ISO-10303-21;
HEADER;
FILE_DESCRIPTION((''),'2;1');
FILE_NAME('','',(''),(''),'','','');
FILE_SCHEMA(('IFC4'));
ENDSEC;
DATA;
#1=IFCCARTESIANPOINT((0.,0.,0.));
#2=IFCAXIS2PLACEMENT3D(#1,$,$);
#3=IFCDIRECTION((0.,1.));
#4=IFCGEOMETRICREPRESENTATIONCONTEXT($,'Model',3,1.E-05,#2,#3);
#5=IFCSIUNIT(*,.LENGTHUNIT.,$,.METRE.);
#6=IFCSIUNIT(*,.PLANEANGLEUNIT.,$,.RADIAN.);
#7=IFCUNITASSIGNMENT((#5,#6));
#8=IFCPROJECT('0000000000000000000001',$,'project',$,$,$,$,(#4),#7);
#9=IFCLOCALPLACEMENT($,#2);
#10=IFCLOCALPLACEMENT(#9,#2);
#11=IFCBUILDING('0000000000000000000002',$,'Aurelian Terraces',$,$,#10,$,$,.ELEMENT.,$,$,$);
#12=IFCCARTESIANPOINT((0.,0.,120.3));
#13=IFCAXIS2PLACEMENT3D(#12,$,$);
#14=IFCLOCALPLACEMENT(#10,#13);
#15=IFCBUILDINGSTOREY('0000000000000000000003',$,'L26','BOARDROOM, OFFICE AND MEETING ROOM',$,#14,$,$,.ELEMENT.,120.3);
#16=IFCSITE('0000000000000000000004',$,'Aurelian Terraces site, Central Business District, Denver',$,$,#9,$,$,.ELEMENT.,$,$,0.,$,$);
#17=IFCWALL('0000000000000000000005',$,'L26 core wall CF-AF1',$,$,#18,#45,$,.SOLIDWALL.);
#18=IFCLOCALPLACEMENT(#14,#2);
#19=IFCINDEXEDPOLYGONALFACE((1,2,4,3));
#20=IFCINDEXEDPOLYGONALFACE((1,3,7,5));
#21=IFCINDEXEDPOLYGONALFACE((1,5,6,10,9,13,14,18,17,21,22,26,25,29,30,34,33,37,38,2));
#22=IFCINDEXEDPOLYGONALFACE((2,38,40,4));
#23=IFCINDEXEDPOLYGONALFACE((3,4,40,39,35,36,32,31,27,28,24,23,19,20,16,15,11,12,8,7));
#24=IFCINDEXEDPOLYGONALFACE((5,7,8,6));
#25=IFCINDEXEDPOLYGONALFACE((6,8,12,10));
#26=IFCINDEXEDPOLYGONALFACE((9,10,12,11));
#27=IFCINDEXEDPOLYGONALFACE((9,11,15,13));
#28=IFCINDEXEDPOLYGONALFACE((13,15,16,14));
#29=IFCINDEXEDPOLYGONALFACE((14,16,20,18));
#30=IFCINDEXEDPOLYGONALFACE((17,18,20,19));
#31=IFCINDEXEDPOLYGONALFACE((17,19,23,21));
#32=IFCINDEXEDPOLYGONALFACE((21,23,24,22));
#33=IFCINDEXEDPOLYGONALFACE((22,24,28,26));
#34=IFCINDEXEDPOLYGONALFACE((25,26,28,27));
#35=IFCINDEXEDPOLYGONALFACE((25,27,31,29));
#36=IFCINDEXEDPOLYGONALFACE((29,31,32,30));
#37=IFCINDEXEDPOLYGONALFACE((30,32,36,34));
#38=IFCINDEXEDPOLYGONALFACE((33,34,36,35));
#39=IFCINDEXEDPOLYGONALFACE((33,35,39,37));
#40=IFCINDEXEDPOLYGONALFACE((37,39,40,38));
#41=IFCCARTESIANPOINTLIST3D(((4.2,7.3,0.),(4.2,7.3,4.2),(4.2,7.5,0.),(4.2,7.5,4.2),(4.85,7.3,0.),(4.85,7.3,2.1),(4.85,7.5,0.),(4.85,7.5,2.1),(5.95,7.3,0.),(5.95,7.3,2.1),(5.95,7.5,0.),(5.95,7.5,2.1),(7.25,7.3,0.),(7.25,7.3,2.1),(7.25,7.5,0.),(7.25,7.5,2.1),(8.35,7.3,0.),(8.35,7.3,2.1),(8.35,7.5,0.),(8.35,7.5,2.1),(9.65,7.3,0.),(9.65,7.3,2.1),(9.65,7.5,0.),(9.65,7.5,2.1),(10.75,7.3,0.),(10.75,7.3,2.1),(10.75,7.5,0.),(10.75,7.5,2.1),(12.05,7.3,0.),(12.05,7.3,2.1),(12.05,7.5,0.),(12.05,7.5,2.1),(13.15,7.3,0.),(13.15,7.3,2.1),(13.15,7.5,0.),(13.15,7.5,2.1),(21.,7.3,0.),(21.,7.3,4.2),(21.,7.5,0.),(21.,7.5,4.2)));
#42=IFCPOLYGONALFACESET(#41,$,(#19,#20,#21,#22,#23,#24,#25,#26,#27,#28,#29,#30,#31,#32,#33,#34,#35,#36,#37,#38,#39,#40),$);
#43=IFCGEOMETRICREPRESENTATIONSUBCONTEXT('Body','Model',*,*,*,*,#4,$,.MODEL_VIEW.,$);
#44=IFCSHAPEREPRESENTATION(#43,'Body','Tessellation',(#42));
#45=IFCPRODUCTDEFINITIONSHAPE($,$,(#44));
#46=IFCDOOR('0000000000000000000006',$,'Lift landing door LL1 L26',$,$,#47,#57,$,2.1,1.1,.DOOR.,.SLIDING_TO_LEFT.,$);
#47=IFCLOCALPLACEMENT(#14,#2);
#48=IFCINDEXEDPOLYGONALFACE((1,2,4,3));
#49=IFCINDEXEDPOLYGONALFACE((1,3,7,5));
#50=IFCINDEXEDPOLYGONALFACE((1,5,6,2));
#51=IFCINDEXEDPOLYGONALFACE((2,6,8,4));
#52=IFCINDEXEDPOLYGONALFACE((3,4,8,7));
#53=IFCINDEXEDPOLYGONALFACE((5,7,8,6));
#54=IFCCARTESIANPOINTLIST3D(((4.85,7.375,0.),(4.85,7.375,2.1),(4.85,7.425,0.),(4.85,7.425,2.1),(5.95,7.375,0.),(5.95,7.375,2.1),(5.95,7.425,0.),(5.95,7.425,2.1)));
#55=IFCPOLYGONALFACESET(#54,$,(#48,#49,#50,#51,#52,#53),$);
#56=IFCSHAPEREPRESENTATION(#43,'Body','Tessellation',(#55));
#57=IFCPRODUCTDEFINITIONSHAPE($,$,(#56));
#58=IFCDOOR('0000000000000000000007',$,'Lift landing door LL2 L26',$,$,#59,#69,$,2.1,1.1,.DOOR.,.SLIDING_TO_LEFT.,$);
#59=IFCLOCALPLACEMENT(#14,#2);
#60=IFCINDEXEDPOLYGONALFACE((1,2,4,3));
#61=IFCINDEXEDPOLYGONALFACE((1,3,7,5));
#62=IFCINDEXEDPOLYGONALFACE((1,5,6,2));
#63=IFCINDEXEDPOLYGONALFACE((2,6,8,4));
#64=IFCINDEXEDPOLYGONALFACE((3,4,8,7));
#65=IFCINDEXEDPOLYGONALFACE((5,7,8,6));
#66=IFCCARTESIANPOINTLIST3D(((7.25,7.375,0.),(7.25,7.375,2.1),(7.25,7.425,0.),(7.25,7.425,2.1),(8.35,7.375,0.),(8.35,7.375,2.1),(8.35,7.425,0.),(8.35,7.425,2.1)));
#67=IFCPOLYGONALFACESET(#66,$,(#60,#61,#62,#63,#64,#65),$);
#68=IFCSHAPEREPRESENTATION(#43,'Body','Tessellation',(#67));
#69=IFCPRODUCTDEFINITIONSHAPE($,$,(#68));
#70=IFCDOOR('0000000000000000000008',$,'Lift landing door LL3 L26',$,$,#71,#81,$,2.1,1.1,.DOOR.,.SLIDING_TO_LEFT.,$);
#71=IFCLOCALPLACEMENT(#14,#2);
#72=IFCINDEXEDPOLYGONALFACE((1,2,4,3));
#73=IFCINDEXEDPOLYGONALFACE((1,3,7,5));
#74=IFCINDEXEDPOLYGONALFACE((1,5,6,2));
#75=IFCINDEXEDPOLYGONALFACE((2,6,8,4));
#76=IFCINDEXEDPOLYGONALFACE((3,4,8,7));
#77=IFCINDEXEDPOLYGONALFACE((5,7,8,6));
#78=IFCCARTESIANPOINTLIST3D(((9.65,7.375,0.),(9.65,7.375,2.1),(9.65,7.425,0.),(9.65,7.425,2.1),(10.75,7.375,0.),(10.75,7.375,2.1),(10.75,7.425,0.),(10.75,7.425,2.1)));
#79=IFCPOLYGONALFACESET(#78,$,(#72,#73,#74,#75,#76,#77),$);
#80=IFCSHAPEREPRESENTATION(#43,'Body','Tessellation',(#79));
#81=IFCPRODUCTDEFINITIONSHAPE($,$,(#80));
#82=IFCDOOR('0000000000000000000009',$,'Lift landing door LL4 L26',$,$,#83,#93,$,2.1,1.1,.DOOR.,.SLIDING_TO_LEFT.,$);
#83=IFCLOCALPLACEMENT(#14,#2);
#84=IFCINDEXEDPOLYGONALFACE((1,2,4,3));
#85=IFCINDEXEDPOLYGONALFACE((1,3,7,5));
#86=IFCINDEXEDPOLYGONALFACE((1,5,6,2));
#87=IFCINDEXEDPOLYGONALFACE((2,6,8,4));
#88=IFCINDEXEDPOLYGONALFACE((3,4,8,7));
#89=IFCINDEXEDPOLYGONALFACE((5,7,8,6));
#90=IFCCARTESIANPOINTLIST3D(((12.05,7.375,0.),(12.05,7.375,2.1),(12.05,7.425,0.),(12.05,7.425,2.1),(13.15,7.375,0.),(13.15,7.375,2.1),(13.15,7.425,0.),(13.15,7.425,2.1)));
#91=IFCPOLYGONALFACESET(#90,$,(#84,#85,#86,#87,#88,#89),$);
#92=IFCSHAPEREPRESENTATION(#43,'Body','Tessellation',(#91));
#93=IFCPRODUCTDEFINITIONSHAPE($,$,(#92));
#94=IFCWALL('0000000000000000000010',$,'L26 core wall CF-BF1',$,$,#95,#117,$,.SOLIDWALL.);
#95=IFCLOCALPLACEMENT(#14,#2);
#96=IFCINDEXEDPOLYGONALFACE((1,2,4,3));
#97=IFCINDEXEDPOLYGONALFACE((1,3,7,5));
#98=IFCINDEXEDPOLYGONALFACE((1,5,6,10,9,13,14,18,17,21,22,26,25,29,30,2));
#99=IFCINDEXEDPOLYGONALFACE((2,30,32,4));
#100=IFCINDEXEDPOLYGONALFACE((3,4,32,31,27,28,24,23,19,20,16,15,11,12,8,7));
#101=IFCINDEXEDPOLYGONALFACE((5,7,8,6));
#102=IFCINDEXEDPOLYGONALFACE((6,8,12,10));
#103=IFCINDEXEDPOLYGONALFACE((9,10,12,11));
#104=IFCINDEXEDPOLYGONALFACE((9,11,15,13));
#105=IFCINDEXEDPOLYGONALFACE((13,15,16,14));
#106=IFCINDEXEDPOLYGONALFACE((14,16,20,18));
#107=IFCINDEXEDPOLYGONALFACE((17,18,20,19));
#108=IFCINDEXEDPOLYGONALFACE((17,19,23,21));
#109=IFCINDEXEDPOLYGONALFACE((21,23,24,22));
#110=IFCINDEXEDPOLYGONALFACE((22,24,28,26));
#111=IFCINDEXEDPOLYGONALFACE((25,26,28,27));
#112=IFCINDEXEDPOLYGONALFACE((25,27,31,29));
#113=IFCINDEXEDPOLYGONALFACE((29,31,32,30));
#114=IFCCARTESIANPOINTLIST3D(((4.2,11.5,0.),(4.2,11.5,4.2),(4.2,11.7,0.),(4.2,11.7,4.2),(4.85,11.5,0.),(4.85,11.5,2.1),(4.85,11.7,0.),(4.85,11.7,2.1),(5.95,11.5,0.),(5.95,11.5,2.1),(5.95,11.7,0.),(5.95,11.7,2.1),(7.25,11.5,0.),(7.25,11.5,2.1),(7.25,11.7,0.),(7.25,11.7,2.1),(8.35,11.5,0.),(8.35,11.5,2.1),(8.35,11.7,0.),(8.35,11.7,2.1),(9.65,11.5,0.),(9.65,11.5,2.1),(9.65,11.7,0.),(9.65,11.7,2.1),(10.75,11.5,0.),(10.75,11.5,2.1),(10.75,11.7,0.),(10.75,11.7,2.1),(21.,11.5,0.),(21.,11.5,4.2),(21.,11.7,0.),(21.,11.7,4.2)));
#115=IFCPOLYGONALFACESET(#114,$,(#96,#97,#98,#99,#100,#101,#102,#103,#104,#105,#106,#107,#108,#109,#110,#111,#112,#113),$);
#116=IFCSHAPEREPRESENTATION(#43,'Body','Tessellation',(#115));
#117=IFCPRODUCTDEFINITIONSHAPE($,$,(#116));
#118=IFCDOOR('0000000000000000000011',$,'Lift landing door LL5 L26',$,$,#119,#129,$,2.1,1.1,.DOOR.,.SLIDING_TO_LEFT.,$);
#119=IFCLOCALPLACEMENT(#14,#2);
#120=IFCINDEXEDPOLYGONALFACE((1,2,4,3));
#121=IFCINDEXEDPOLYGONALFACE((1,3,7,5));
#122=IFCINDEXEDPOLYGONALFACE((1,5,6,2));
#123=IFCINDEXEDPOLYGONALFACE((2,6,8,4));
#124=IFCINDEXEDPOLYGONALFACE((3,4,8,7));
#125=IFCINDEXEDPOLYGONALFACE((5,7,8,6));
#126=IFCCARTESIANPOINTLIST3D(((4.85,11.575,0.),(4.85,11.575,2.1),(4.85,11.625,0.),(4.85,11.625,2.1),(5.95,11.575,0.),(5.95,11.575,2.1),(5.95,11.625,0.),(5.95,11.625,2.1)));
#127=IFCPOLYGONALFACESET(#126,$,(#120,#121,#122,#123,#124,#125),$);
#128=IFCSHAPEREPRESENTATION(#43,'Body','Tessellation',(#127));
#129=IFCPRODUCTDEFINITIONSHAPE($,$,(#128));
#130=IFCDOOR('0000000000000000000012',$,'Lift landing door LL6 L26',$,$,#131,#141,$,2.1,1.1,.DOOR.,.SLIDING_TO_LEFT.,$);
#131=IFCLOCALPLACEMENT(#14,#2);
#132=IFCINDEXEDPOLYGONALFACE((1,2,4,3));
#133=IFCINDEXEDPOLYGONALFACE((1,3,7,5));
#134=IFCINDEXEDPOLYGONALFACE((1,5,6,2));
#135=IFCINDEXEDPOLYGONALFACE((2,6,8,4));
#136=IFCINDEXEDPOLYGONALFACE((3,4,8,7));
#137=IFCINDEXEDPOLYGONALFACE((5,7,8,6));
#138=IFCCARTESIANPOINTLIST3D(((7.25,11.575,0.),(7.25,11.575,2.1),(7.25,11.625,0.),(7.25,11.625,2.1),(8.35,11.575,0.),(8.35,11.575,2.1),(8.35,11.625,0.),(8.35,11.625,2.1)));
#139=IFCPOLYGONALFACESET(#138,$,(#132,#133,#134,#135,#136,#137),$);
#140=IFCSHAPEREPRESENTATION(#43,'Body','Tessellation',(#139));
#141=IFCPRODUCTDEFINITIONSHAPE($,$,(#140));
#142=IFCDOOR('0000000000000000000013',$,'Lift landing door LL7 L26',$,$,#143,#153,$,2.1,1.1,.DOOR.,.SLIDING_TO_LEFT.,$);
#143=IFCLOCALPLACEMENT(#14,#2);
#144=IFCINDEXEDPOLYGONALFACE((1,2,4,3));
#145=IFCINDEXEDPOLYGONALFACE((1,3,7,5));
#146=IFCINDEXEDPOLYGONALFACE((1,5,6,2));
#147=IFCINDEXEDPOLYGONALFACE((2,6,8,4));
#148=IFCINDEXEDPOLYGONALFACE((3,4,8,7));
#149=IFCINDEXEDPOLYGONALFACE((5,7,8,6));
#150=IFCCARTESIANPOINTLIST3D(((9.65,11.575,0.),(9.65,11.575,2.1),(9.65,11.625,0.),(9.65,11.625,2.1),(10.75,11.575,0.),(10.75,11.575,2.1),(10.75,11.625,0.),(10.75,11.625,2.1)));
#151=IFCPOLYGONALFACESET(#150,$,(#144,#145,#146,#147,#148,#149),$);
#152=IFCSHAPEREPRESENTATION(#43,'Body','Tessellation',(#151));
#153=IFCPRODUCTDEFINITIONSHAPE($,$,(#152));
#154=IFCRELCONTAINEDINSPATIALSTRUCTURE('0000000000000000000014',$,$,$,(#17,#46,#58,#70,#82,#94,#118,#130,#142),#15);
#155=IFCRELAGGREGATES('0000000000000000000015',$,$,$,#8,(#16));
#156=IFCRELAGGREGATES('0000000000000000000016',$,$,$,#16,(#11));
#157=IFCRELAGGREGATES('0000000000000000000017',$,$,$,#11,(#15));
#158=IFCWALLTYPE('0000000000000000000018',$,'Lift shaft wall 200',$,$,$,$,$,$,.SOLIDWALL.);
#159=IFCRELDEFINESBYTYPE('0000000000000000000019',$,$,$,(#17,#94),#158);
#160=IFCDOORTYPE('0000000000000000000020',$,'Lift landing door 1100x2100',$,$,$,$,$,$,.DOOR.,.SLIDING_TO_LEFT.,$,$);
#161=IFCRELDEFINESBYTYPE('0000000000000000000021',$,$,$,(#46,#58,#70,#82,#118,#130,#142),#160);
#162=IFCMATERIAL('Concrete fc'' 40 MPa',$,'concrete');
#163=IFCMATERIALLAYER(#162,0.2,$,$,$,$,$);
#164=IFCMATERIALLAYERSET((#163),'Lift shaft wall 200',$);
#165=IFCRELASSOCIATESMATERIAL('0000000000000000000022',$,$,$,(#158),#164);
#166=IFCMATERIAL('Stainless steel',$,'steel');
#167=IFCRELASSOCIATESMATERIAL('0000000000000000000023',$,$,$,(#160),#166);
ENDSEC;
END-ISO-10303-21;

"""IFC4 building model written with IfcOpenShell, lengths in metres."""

from ifc_helpers import new_model, si_unit, direction, frame, frame_2d, origin, place, context, subcontext, project, spatial, rectangle, extrude, source, transform, mapped, material, layer, layer_set, type_object, element, fill, save


model = new_model("IFC4")

# Units and contexts
model_context = context("Model", 3, precision=1e-05, world=origin(), true_north=direction((0.0, 1.0)))
body_context = subcontext(model_context, "Body", "Model", "MODEL_VIEW")
ifc_project = project(units=[si_unit("LENGTHUNIT", "METRE"), si_unit("PLANEANGLEUNIT", "RADIAN")], contexts=[model_context])

# Site, building, storey
site_placement = place(None, origin())
site = spatial("IfcSite", under=ifc_project, at=site_placement, Name="Aurelian Terraces site, Central Business District, Denver", CompositionType="ELEMENT", RefElevation=0.0)
building_placement = place(site_placement, origin())
building = spatial("IfcBuilding", under=site, at=building_placement, Name="Aurelian Terraces", CompositionType="ELEMENT")
storey_placement = place(building_placement, frame((0.0, 0.0, 120.3)))
storey = spatial("IfcBuildingStorey", under=building, at=storey_placement, Name="L26", Description="BOARDROOM, OFFICE AND MEETING ROOM", CompositionType="ELEMENT", Elevation=120.3)

# Shared definitions
ifc_material_1 = material(Name="Concrete fc' 40 MPa", Category="concrete")
ifc_layer_1 = layer(ifc_material_1, 0.2)
ifc_layer_set_1 = layer_set([ifc_layer_1], Name="Lift shaft wall 200")
wall_type_1 = type_object("IfcWallType", Name="Lift shaft wall 200", PredefinedType="SOLIDWALL", material=ifc_layer_set_1)

# Walls, openings, doors
shared_shape_1 = source(origin(), body_context, "Body", "SweptSolid", [
    extrude(rectangle(XDim=16.8, YDim=0.2, at=frame_2d((8.4, 0.0))), origin(), (0.0, 0.0, 1.0), 4.2),
])
wall_1_placement = place(storey_placement, frame((4.2, 7.4, 0.0), z_axis=(0.0, 0.0, 1.0), x_axis=(1.0, 0.0, 0.0)))
wall_1 = element("IfcWall", 1, at=wall_1_placement, inside=storey, type_object=wall_type_1, Name="L26 core wall CF-AF1", PredefinedType="SOLIDWALL", context=body_context, shape_type="MappedRepresentation", body=[
    mapped(shared_shape_1, transform((0.0, 0.0, 0.0), scale=1.0)),
])
shared_shape_2 = source(origin(), body_context, "Body", "SweptSolid", [
    extrude(rectangle(XDim=1.1, YDim=2.1, at=frame_2d((0.55, 1.05))), frame((0.0, 0.11, 0.0), z_axis=(0.0, -1.0, 0.0), x_axis=(1.0, 0.0, 0.0)), (0.0, 0.0, 1.0), 0.22),
])
opening_1_placement = place(wall_1_placement, frame((0.65, 0.0, 0.0)))
opening_1 = element("IfcOpeningElement", 2, at=opening_1_placement, cuts=wall_1, PredefinedType="OPENING", context=body_context, shape_type="MappedRepresentation", body=[
    mapped(shared_shape_2, transform((0.0, 0.0, 0.0), scale=1.0)),
])
opening_2_placement = place(wall_1_placement, frame((3.05, 0.0, 0.0)))
opening_2 = element("IfcOpeningElement", 3, at=opening_2_placement, cuts=wall_1, PredefinedType="OPENING", context=body_context, shape_type="MappedRepresentation", body=[
    mapped(shared_shape_2, transform((0.0, 0.0, 0.0), scale=1.0)),
])
opening_3_placement = place(wall_1_placement, frame((5.45, 0.0, 0.0)))
opening_3 = element("IfcOpeningElement", 4, at=opening_3_placement, cuts=wall_1, PredefinedType="OPENING", context=body_context, shape_type="MappedRepresentation", body=[
    mapped(shared_shape_2, transform((0.0, 0.0, 0.0), scale=1.0)),
])
opening_4_placement = place(wall_1_placement, frame((7.85, 0.0, 0.0)))
opening_4 = element("IfcOpeningElement", 5, at=opening_4_placement, cuts=wall_1, PredefinedType="OPENING", context=body_context, shape_type="MappedRepresentation", body=[
    mapped(shared_shape_2, transform((0.0, 0.0, 0.0), scale=1.0)),
])
ifc_material_2 = material(Name="Stainless steel", Category="steel")
door_type = type_object("IfcDoorType", Name="Lift landing door 1100x2100", OperationType="SLIDING_TO_LEFT", PredefinedType="DOOR", material=ifc_material_2)
shared_shape_3 = source(origin(), body_context, "Body", "SweptSolid", [
    extrude(rectangle(XDim=1.1, YDim=2.1, at=frame_2d((0.55, 1.05))), frame((0.0, 0.025, 0.0), z_axis=(0.0, -1.0, 0.0), x_axis=(1.0, 0.0, 0.0)), (0.0, 0.0, 1.0), 0.05),
])
door_1_placement = place(opening_1_placement, origin())
door_1 = element("IfcDoor", 6, at=door_1_placement, inside=storey, type_object=door_type, Name="Lift landing door LL1 L26", OperationType="SLIDING_TO_LEFT", OverallHeight=2.1, OverallWidth=1.1, PredefinedType="DOOR", context=body_context, shape_type="MappedRepresentation", body=[
    mapped(shared_shape_3, transform((0.0, 0.0, 0.0), scale=1.0)),
])
fill(opening_1, door_1)
door_2_placement = place(opening_2_placement, origin())
door_2 = element("IfcDoor", 7, at=door_2_placement, inside=storey, type_object=door_type, Name="Lift landing door LL2 L26", OperationType="SLIDING_TO_LEFT", OverallHeight=2.1, OverallWidth=1.1, PredefinedType="DOOR", context=body_context, shape_type="MappedRepresentation", body=[
    mapped(shared_shape_3, transform((0.0, 0.0, 0.0), scale=1.0)),
])
fill(opening_2, door_2)
door_3_placement = place(opening_3_placement, origin())
door_3 = element("IfcDoor", 8, at=door_3_placement, inside=storey, type_object=door_type, Name="Lift landing door LL3 L26", OperationType="SLIDING_TO_LEFT", OverallHeight=2.1, OverallWidth=1.1, PredefinedType="DOOR", context=body_context, shape_type="MappedRepresentation", body=[
    mapped(shared_shape_3, transform((0.0, 0.0, 0.0), scale=1.0)),
])
fill(opening_3, door_3)
door_4_placement = place(opening_4_placement, origin())
door_4 = element("IfcDoor", 9, at=door_4_placement, inside=storey, type_object=door_type, Name="Lift landing door LL4 L26", OperationType="SLIDING_TO_LEFT", OverallHeight=2.1, OverallWidth=1.1, PredefinedType="DOOR", context=body_context, shape_type="MappedRepresentation", body=[
    mapped(shared_shape_3, transform((0.0, 0.0, 0.0), scale=1.0)),
])
fill(opening_4, door_4)
wall_2_placement = place(storey_placement, frame((4.2, 11.6, 0.0), z_axis=(0.0, 0.0, 1.0), x_axis=(1.0, 0.0, 0.0)))
wall_2 = element("IfcWall", 10, at=wall_2_placement, inside=storey, type_object=wall_type_1, Name="L26 core wall CF-BF1", PredefinedType="SOLIDWALL", context=body_context, shape_type="MappedRepresentation", body=[
    mapped(shared_shape_1, transform((0.0, 0.0, 0.0), scale=1.0)),
])
opening_5_placement = place(wall_2_placement, frame((0.65, 0.0, 0.0)))
opening_5 = element("IfcOpeningElement", 11, at=opening_5_placement, cuts=wall_2, PredefinedType="OPENING", context=body_context, shape_type="MappedRepresentation", body=[
    mapped(shared_shape_2, transform((0.0, 0.0, 0.0), scale=1.0)),
])
opening_6_placement = place(wall_2_placement, frame((3.05, 0.0, 0.0)))
opening_6 = element("IfcOpeningElement", 12, at=opening_6_placement, cuts=wall_2, PredefinedType="OPENING", context=body_context, shape_type="MappedRepresentation", body=[
    mapped(shared_shape_2, transform((0.0, 0.0, 0.0), scale=1.0)),
])
opening_7_placement = place(wall_2_placement, frame((5.45, 0.0, 0.0)))
opening_7 = element("IfcOpeningElement", 13, at=opening_7_placement, cuts=wall_2, PredefinedType="OPENING", context=body_context, shape_type="MappedRepresentation", body=[
    mapped(shared_shape_2, transform((0.0, 0.0, 0.0), scale=1.0)),
])
door_5_placement = place(opening_5_placement, origin())
door_5 = element("IfcDoor", 14, at=door_5_placement, inside=storey, type_object=door_type, Name="Lift landing door LL5 L26", OperationType="SLIDING_TO_LEFT", OverallHeight=2.1, OverallWidth=1.1, PredefinedType="DOOR", context=body_context, shape_type="MappedRepresentation", body=[
    mapped(shared_shape_3, transform((0.0, 0.0, 0.0), scale=1.0)),
])
fill(opening_5, door_5)
door_6_placement = place(opening_6_placement, origin())
door_6 = element("IfcDoor", 15, at=door_6_placement, inside=storey, type_object=door_type, Name="Lift landing door LL6 L26", OperationType="SLIDING_TO_LEFT", OverallHeight=2.1, OverallWidth=1.1, PredefinedType="DOOR", context=body_context, shape_type="MappedRepresentation", body=[
    mapped(shared_shape_3, transform((0.0, 0.0, 0.0), scale=1.0)),
])
fill(opening_6, door_6)
door_7_placement = place(opening_7_placement, origin())
door_7 = element("IfcDoor", 16, at=door_7_placement, inside=storey, type_object=door_type, Name="Lift landing door LL7 L26", OperationType="SLIDING_TO_LEFT", OverallHeight=2.1, OverallWidth=1.1, PredefinedType="DOOR", context=body_context, shape_type="MappedRepresentation", body=[
    mapped(shared_shape_3, transform((0.0, 0.0, 0.0), scale=1.0)),
])
fill(opening_7, door_7)

save(model, "model.ifc")
